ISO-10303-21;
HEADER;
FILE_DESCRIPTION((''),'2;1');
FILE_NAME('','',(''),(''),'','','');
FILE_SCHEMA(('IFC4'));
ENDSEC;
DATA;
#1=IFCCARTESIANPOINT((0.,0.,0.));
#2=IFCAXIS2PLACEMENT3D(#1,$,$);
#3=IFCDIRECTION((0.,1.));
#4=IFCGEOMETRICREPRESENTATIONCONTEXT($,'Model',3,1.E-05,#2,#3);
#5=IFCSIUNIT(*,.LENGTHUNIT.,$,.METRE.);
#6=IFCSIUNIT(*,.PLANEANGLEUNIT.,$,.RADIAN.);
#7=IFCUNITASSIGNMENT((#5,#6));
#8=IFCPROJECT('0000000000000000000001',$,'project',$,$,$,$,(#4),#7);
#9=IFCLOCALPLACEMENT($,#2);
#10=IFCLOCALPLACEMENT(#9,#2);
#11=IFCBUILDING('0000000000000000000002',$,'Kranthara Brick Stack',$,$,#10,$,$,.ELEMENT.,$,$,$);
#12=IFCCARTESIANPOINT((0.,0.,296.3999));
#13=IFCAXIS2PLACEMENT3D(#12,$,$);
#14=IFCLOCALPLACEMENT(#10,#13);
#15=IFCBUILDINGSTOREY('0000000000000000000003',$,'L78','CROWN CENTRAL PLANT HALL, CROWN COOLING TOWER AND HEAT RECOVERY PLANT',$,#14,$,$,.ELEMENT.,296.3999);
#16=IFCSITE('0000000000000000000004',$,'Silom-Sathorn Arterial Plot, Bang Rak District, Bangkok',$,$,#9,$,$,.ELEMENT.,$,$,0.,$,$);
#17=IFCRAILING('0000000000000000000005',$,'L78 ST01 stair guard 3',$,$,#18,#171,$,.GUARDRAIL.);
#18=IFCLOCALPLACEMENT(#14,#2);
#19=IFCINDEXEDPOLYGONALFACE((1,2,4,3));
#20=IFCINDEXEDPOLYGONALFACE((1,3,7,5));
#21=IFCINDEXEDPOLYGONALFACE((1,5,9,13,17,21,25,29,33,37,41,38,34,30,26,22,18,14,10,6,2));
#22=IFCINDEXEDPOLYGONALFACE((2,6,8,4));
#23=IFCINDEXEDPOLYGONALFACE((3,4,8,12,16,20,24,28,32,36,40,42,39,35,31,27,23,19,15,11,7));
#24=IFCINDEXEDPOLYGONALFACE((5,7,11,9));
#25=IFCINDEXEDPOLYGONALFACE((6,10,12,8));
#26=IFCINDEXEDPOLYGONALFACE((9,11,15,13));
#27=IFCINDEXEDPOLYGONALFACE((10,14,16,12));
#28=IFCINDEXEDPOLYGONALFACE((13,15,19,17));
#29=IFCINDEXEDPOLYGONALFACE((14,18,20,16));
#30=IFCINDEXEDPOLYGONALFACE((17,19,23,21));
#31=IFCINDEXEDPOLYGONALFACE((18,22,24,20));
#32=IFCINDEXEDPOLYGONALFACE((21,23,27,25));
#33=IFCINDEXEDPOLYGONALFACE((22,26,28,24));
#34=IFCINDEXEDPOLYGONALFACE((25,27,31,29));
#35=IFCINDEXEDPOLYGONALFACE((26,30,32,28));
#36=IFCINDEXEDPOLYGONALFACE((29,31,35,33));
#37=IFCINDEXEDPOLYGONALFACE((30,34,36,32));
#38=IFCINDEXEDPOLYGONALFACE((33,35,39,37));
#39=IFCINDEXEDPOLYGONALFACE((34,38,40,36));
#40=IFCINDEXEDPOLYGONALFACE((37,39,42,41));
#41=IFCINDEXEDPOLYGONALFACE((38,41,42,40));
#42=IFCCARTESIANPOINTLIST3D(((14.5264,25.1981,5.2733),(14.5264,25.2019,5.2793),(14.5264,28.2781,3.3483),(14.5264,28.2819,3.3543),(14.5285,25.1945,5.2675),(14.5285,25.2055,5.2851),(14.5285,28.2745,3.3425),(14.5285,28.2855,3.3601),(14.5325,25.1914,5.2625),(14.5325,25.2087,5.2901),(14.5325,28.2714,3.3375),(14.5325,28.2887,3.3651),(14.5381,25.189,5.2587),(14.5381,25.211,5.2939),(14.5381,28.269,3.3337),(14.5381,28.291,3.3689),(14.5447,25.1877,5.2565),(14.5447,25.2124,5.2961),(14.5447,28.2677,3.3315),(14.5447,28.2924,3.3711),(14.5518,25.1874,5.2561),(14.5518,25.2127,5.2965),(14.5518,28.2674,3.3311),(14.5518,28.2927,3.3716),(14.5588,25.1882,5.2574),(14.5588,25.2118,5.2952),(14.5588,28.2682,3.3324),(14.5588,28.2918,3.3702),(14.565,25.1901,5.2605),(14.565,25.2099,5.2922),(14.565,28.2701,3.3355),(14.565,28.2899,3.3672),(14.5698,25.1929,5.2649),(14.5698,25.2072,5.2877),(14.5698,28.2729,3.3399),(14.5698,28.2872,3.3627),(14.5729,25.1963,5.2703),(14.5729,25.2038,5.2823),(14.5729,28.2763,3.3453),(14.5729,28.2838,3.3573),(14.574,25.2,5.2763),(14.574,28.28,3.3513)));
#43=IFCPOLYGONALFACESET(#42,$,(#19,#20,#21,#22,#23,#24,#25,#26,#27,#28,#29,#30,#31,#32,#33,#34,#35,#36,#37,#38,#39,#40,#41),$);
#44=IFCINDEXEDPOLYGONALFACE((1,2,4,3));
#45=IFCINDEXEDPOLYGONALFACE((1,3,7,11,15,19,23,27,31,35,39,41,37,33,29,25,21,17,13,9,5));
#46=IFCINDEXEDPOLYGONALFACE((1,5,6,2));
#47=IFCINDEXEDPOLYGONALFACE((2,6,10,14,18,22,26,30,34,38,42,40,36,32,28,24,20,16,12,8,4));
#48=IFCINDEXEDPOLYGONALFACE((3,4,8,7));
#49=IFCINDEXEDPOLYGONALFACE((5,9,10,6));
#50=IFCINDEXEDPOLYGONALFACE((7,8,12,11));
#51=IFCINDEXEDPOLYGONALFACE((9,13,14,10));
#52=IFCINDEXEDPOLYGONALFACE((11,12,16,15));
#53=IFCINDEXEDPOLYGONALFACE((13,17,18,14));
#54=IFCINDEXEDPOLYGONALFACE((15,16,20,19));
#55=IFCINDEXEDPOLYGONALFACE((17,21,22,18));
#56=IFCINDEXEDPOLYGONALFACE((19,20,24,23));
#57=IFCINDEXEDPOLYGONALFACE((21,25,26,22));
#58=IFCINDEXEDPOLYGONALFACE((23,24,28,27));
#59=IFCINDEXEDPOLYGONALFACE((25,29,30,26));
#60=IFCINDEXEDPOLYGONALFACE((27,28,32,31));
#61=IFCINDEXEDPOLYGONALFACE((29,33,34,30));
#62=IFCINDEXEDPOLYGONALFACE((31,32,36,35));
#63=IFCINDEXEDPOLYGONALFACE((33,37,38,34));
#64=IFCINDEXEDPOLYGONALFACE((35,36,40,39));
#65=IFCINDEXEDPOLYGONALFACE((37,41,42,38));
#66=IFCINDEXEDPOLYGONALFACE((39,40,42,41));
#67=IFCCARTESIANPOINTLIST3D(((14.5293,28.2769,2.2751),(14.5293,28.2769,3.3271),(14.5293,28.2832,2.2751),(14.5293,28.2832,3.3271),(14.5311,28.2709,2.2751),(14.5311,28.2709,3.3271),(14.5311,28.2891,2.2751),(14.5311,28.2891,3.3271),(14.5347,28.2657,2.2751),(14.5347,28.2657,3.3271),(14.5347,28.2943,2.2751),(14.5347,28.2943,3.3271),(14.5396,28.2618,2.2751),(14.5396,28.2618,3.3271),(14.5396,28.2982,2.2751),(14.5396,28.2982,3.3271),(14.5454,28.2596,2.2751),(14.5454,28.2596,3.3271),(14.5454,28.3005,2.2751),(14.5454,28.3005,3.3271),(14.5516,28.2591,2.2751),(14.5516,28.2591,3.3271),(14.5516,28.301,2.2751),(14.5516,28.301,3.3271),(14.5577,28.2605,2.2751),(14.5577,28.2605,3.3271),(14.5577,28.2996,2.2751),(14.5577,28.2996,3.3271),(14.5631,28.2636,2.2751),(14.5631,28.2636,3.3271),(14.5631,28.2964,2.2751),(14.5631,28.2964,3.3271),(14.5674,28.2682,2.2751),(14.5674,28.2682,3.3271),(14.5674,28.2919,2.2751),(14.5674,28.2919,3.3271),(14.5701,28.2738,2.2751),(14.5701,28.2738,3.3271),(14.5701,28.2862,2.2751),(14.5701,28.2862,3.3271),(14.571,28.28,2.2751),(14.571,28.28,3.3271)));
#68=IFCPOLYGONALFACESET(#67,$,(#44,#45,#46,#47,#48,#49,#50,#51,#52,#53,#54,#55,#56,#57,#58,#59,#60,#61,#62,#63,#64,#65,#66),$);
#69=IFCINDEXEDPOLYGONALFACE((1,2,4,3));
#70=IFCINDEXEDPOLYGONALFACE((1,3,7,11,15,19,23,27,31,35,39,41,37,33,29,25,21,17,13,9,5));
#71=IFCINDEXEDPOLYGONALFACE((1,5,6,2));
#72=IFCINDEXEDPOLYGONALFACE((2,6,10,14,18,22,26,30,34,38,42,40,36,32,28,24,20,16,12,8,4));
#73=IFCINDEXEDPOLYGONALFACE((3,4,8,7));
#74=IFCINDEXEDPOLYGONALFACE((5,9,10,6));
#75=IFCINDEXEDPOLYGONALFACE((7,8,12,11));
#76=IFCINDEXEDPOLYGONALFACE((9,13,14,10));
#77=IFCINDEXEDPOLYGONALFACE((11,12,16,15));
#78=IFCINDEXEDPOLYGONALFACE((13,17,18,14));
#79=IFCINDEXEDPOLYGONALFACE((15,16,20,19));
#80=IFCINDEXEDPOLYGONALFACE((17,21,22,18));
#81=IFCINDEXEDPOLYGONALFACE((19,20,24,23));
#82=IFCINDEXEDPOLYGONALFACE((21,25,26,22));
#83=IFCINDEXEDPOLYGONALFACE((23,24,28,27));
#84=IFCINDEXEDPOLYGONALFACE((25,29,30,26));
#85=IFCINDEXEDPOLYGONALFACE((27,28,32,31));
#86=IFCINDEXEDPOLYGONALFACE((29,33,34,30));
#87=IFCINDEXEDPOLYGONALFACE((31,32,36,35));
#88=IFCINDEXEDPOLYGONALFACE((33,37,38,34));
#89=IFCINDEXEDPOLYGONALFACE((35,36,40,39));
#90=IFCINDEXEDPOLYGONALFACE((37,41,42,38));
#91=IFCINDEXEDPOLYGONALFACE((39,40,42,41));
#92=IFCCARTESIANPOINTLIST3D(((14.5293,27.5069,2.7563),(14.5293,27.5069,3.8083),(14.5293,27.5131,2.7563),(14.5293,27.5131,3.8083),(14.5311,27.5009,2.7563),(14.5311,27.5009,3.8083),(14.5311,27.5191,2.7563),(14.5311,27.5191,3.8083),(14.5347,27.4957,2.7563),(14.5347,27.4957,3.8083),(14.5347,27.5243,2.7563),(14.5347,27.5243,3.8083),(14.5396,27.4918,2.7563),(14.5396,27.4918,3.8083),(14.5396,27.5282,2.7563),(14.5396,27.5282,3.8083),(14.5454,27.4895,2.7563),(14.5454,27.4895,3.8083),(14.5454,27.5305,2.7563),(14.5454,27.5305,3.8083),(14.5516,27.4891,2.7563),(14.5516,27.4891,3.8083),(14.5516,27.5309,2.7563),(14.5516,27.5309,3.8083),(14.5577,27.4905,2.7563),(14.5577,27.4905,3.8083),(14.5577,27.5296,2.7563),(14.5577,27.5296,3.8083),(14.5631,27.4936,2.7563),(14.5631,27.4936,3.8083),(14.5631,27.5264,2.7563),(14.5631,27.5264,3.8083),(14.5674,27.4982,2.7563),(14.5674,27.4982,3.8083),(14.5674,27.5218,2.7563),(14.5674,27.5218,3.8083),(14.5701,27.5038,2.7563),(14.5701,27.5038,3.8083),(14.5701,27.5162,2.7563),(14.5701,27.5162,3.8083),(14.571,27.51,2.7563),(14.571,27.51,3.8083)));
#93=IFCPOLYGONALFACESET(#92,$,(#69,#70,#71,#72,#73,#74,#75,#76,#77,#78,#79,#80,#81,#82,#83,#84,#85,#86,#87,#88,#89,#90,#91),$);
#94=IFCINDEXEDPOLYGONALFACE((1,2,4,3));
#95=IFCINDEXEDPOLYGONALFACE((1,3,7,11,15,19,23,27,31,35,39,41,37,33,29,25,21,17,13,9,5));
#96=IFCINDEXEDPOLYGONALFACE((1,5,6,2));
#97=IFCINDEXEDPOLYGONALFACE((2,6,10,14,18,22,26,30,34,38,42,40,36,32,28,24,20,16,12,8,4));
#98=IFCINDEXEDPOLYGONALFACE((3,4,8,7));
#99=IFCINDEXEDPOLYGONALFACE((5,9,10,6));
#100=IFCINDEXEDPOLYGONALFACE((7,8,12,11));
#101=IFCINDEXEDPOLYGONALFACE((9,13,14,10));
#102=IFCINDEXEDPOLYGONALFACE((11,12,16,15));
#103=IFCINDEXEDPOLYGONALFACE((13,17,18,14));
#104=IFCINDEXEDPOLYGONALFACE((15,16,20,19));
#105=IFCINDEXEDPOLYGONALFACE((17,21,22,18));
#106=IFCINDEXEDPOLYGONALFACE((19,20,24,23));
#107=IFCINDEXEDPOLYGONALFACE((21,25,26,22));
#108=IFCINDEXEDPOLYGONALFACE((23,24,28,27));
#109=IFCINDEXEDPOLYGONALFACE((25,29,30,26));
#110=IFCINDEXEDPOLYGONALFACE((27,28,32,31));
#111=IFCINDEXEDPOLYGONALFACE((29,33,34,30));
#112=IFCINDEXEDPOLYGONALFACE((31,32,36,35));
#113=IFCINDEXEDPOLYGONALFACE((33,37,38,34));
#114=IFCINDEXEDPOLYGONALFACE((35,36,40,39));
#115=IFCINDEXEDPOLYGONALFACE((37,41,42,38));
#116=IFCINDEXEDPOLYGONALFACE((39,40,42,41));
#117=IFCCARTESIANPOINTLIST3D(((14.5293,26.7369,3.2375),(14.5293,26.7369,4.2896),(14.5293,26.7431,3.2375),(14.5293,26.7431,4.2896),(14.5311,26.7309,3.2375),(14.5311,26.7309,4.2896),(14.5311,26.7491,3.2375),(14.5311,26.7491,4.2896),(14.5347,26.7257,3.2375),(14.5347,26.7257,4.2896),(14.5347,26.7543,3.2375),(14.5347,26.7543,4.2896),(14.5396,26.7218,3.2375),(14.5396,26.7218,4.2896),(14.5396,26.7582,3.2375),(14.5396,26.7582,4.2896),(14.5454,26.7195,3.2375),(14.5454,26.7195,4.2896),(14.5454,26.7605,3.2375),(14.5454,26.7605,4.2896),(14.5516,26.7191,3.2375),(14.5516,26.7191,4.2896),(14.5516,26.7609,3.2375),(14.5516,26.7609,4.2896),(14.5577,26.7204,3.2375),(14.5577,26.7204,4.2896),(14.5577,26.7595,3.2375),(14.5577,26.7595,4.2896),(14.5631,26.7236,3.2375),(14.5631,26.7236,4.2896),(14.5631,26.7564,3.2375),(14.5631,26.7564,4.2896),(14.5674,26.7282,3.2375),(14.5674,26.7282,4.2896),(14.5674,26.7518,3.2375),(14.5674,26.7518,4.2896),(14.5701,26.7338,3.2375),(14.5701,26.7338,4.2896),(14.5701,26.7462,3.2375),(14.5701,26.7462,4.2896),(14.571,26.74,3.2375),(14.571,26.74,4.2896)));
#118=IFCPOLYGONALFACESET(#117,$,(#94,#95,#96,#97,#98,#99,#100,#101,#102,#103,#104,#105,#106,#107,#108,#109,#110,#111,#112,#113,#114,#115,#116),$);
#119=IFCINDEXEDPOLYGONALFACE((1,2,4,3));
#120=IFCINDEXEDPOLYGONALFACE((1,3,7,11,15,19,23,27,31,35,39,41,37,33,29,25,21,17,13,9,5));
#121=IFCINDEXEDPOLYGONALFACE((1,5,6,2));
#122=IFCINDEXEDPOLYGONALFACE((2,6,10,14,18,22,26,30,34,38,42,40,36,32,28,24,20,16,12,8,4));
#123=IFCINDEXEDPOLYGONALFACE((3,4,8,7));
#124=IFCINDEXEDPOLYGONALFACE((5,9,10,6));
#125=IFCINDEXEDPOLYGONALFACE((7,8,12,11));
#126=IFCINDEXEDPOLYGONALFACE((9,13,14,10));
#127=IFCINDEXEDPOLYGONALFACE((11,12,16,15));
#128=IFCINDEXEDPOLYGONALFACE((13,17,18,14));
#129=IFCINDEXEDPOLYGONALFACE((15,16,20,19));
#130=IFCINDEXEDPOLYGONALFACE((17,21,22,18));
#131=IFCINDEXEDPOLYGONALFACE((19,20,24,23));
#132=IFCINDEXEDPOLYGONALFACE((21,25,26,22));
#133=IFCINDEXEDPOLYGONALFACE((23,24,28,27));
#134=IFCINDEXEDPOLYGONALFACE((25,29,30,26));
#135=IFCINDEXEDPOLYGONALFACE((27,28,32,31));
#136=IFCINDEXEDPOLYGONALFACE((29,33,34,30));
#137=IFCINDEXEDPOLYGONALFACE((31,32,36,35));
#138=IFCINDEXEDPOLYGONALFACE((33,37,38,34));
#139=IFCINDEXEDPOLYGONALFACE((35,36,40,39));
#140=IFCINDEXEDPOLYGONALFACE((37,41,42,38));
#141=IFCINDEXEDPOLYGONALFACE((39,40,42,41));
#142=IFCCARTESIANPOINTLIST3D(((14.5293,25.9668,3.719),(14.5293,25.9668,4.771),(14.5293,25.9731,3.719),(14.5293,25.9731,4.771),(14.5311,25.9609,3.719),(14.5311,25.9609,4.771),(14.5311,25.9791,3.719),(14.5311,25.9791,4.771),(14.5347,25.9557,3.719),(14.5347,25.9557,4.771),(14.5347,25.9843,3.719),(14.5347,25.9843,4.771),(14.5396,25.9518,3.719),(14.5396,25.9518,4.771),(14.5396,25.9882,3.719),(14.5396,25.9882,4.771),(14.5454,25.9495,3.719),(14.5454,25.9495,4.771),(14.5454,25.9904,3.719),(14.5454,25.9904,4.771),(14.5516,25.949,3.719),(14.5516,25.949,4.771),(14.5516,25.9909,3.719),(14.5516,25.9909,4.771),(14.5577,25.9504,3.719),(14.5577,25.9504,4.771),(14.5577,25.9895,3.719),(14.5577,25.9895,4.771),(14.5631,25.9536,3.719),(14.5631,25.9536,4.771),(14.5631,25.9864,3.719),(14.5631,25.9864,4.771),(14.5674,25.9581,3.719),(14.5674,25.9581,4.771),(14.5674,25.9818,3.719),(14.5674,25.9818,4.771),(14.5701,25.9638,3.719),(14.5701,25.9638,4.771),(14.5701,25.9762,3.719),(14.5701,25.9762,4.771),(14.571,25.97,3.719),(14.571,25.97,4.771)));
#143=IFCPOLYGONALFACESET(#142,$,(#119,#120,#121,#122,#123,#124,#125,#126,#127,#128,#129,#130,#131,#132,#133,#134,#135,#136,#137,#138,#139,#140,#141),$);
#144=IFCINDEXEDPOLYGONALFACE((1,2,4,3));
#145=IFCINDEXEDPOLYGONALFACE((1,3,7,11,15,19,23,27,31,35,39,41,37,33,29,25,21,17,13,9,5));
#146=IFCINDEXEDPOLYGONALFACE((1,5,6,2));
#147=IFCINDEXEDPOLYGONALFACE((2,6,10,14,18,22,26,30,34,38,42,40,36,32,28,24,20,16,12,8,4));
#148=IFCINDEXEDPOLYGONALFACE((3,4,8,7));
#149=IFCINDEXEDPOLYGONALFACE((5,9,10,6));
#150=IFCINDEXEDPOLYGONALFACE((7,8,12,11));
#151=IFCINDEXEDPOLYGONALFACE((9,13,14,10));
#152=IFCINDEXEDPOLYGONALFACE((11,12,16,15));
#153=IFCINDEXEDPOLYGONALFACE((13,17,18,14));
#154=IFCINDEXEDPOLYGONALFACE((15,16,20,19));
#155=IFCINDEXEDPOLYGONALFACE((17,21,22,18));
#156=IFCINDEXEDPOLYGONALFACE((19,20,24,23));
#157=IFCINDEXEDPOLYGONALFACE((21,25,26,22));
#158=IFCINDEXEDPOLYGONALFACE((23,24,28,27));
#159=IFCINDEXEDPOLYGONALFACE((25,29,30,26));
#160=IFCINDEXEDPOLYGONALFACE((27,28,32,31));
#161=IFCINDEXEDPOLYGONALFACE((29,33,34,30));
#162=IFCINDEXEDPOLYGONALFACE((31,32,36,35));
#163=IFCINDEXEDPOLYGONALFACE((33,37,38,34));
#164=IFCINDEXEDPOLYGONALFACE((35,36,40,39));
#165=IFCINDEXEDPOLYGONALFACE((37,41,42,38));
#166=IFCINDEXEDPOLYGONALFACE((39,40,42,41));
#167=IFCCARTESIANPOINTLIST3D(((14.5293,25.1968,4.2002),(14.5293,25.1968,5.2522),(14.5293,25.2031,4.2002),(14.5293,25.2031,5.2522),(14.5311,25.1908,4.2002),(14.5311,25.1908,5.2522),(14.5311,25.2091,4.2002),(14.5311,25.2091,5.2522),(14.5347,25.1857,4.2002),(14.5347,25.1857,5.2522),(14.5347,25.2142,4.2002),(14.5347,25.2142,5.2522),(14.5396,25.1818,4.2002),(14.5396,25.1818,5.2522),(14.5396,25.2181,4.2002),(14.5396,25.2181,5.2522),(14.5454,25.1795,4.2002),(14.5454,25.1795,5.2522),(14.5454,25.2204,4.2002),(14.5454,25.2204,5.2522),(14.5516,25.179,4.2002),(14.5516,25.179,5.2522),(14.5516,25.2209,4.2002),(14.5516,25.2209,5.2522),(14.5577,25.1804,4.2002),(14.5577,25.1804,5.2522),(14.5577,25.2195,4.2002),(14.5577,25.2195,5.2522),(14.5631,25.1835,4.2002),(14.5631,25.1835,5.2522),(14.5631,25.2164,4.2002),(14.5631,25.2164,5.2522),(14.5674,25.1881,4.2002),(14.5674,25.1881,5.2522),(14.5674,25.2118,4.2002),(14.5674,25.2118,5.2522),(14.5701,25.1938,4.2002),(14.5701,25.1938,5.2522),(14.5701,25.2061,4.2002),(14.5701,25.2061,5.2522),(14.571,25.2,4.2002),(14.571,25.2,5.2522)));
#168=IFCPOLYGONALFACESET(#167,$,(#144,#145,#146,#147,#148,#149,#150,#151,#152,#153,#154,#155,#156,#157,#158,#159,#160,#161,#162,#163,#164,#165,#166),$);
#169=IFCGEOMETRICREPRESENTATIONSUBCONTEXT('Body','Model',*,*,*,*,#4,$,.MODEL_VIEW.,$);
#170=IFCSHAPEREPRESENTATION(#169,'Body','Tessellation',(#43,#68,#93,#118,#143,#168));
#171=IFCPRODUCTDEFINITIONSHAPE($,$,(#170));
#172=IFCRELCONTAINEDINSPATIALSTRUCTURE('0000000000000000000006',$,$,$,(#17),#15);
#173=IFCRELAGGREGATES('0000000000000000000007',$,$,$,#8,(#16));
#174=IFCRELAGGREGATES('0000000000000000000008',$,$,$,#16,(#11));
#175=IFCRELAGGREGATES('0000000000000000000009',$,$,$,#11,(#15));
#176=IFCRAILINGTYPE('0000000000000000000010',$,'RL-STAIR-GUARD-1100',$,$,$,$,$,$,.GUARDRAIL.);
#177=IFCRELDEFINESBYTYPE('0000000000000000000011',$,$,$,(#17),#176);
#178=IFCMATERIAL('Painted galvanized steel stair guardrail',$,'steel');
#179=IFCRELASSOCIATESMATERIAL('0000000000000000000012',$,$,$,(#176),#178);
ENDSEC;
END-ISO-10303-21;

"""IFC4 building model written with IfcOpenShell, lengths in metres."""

from ifc_helpers import new_model, si_unit, direction, frame, origin, origin_2d, place, context, subcontext, project, spatial, circle, extrude, material, type_object, element, save


model = new_model("IFC4")

# Units and contexts
model_context = context("Model", 3, precision=1e-05, world=origin(), true_north=direction((0.0, 1.0)))
body_context = subcontext(model_context, "Body", "Model", "MODEL_VIEW")
ifc_project = project(units=[si_unit("LENGTHUNIT", "METRE"), si_unit("PLANEANGLEUNIT", "RADIAN")], contexts=[model_context])

# Site, building, storey
site_placement = place(None, origin())
site = spatial("IfcSite", under=ifc_project, at=site_placement, Name="Silom-Sathorn Arterial Plot, Bang Rak District, Bangkok", CompositionType="ELEMENT", RefElevation=0.0)
building_placement = place(site_placement, origin())
building = spatial("IfcBuilding", under=site, at=building_placement, Name="Kranthara Brick Stack", CompositionType="ELEMENT")
storey_placement = place(building_placement, frame((0.0, 0.0, 296.3999)))
storey = spatial("IfcBuildingStorey", under=building, at=storey_placement, Name="L78", Description="CROWN CENTRAL PLANT HALL, CROWN COOLING TOWER AND HEAT RECOVERY PLANT", CompositionType="ELEMENT", Elevation=296.3999)

# Railing
ifc_material_1 = material(Name="Painted galvanized steel stair guardrail", Category="steel")
railing_type_1 = type_object("IfcRailingType", Name="RL-STAIR-GUARD-1100", PredefinedType="GUARDRAIL", material=ifc_material_1)
railing_1_placement = place(storey_placement, frame((14.55, 28.28, 2.2751)))
element("IfcRailing", 1, at=railing_1_placement, inside=storey, type_object=railing_type_1, Name="L78 ST01 stair guard 3", PredefinedType="GUARDRAIL", context=body_context, shape_type="SweptSolid", body=[
    extrude(circle(Radius=0.0239, at=origin_2d()), frame((0.0, 0.0, 1.0762), z_axis=(0.0, -0.847998, 0.529999), x_axis=(1.0, 0.0, 0.0)), (0.0, 0.0, 1.0), 3.6321),
    extrude(circle(Radius=0.021, at=origin_2d()), origin(), (0.0, 0.0, 1.0), 1.052),
    extrude(circle(Radius=0.021, at=origin_2d()), frame((0.0, -0.77, 0.4812)), (0.0, 0.0, 1.0), 1.052),
    extrude(circle(Radius=0.021, at=origin_2d()), frame((0.0, -1.54, 0.9624)), (0.0, 0.0, 1.0), 1.052),
    extrude(circle(Radius=0.021, at=origin_2d()), frame((0.0, -2.3101, 1.4438)), (0.0, 0.0, 1.0), 1.052),
    extrude(circle(Radius=0.021, at=origin_2d()), frame((0.0, -3.0801, 1.925)), (0.0, 0.0, 1.0), 1.052),
])

save(model, "model.ifc")
